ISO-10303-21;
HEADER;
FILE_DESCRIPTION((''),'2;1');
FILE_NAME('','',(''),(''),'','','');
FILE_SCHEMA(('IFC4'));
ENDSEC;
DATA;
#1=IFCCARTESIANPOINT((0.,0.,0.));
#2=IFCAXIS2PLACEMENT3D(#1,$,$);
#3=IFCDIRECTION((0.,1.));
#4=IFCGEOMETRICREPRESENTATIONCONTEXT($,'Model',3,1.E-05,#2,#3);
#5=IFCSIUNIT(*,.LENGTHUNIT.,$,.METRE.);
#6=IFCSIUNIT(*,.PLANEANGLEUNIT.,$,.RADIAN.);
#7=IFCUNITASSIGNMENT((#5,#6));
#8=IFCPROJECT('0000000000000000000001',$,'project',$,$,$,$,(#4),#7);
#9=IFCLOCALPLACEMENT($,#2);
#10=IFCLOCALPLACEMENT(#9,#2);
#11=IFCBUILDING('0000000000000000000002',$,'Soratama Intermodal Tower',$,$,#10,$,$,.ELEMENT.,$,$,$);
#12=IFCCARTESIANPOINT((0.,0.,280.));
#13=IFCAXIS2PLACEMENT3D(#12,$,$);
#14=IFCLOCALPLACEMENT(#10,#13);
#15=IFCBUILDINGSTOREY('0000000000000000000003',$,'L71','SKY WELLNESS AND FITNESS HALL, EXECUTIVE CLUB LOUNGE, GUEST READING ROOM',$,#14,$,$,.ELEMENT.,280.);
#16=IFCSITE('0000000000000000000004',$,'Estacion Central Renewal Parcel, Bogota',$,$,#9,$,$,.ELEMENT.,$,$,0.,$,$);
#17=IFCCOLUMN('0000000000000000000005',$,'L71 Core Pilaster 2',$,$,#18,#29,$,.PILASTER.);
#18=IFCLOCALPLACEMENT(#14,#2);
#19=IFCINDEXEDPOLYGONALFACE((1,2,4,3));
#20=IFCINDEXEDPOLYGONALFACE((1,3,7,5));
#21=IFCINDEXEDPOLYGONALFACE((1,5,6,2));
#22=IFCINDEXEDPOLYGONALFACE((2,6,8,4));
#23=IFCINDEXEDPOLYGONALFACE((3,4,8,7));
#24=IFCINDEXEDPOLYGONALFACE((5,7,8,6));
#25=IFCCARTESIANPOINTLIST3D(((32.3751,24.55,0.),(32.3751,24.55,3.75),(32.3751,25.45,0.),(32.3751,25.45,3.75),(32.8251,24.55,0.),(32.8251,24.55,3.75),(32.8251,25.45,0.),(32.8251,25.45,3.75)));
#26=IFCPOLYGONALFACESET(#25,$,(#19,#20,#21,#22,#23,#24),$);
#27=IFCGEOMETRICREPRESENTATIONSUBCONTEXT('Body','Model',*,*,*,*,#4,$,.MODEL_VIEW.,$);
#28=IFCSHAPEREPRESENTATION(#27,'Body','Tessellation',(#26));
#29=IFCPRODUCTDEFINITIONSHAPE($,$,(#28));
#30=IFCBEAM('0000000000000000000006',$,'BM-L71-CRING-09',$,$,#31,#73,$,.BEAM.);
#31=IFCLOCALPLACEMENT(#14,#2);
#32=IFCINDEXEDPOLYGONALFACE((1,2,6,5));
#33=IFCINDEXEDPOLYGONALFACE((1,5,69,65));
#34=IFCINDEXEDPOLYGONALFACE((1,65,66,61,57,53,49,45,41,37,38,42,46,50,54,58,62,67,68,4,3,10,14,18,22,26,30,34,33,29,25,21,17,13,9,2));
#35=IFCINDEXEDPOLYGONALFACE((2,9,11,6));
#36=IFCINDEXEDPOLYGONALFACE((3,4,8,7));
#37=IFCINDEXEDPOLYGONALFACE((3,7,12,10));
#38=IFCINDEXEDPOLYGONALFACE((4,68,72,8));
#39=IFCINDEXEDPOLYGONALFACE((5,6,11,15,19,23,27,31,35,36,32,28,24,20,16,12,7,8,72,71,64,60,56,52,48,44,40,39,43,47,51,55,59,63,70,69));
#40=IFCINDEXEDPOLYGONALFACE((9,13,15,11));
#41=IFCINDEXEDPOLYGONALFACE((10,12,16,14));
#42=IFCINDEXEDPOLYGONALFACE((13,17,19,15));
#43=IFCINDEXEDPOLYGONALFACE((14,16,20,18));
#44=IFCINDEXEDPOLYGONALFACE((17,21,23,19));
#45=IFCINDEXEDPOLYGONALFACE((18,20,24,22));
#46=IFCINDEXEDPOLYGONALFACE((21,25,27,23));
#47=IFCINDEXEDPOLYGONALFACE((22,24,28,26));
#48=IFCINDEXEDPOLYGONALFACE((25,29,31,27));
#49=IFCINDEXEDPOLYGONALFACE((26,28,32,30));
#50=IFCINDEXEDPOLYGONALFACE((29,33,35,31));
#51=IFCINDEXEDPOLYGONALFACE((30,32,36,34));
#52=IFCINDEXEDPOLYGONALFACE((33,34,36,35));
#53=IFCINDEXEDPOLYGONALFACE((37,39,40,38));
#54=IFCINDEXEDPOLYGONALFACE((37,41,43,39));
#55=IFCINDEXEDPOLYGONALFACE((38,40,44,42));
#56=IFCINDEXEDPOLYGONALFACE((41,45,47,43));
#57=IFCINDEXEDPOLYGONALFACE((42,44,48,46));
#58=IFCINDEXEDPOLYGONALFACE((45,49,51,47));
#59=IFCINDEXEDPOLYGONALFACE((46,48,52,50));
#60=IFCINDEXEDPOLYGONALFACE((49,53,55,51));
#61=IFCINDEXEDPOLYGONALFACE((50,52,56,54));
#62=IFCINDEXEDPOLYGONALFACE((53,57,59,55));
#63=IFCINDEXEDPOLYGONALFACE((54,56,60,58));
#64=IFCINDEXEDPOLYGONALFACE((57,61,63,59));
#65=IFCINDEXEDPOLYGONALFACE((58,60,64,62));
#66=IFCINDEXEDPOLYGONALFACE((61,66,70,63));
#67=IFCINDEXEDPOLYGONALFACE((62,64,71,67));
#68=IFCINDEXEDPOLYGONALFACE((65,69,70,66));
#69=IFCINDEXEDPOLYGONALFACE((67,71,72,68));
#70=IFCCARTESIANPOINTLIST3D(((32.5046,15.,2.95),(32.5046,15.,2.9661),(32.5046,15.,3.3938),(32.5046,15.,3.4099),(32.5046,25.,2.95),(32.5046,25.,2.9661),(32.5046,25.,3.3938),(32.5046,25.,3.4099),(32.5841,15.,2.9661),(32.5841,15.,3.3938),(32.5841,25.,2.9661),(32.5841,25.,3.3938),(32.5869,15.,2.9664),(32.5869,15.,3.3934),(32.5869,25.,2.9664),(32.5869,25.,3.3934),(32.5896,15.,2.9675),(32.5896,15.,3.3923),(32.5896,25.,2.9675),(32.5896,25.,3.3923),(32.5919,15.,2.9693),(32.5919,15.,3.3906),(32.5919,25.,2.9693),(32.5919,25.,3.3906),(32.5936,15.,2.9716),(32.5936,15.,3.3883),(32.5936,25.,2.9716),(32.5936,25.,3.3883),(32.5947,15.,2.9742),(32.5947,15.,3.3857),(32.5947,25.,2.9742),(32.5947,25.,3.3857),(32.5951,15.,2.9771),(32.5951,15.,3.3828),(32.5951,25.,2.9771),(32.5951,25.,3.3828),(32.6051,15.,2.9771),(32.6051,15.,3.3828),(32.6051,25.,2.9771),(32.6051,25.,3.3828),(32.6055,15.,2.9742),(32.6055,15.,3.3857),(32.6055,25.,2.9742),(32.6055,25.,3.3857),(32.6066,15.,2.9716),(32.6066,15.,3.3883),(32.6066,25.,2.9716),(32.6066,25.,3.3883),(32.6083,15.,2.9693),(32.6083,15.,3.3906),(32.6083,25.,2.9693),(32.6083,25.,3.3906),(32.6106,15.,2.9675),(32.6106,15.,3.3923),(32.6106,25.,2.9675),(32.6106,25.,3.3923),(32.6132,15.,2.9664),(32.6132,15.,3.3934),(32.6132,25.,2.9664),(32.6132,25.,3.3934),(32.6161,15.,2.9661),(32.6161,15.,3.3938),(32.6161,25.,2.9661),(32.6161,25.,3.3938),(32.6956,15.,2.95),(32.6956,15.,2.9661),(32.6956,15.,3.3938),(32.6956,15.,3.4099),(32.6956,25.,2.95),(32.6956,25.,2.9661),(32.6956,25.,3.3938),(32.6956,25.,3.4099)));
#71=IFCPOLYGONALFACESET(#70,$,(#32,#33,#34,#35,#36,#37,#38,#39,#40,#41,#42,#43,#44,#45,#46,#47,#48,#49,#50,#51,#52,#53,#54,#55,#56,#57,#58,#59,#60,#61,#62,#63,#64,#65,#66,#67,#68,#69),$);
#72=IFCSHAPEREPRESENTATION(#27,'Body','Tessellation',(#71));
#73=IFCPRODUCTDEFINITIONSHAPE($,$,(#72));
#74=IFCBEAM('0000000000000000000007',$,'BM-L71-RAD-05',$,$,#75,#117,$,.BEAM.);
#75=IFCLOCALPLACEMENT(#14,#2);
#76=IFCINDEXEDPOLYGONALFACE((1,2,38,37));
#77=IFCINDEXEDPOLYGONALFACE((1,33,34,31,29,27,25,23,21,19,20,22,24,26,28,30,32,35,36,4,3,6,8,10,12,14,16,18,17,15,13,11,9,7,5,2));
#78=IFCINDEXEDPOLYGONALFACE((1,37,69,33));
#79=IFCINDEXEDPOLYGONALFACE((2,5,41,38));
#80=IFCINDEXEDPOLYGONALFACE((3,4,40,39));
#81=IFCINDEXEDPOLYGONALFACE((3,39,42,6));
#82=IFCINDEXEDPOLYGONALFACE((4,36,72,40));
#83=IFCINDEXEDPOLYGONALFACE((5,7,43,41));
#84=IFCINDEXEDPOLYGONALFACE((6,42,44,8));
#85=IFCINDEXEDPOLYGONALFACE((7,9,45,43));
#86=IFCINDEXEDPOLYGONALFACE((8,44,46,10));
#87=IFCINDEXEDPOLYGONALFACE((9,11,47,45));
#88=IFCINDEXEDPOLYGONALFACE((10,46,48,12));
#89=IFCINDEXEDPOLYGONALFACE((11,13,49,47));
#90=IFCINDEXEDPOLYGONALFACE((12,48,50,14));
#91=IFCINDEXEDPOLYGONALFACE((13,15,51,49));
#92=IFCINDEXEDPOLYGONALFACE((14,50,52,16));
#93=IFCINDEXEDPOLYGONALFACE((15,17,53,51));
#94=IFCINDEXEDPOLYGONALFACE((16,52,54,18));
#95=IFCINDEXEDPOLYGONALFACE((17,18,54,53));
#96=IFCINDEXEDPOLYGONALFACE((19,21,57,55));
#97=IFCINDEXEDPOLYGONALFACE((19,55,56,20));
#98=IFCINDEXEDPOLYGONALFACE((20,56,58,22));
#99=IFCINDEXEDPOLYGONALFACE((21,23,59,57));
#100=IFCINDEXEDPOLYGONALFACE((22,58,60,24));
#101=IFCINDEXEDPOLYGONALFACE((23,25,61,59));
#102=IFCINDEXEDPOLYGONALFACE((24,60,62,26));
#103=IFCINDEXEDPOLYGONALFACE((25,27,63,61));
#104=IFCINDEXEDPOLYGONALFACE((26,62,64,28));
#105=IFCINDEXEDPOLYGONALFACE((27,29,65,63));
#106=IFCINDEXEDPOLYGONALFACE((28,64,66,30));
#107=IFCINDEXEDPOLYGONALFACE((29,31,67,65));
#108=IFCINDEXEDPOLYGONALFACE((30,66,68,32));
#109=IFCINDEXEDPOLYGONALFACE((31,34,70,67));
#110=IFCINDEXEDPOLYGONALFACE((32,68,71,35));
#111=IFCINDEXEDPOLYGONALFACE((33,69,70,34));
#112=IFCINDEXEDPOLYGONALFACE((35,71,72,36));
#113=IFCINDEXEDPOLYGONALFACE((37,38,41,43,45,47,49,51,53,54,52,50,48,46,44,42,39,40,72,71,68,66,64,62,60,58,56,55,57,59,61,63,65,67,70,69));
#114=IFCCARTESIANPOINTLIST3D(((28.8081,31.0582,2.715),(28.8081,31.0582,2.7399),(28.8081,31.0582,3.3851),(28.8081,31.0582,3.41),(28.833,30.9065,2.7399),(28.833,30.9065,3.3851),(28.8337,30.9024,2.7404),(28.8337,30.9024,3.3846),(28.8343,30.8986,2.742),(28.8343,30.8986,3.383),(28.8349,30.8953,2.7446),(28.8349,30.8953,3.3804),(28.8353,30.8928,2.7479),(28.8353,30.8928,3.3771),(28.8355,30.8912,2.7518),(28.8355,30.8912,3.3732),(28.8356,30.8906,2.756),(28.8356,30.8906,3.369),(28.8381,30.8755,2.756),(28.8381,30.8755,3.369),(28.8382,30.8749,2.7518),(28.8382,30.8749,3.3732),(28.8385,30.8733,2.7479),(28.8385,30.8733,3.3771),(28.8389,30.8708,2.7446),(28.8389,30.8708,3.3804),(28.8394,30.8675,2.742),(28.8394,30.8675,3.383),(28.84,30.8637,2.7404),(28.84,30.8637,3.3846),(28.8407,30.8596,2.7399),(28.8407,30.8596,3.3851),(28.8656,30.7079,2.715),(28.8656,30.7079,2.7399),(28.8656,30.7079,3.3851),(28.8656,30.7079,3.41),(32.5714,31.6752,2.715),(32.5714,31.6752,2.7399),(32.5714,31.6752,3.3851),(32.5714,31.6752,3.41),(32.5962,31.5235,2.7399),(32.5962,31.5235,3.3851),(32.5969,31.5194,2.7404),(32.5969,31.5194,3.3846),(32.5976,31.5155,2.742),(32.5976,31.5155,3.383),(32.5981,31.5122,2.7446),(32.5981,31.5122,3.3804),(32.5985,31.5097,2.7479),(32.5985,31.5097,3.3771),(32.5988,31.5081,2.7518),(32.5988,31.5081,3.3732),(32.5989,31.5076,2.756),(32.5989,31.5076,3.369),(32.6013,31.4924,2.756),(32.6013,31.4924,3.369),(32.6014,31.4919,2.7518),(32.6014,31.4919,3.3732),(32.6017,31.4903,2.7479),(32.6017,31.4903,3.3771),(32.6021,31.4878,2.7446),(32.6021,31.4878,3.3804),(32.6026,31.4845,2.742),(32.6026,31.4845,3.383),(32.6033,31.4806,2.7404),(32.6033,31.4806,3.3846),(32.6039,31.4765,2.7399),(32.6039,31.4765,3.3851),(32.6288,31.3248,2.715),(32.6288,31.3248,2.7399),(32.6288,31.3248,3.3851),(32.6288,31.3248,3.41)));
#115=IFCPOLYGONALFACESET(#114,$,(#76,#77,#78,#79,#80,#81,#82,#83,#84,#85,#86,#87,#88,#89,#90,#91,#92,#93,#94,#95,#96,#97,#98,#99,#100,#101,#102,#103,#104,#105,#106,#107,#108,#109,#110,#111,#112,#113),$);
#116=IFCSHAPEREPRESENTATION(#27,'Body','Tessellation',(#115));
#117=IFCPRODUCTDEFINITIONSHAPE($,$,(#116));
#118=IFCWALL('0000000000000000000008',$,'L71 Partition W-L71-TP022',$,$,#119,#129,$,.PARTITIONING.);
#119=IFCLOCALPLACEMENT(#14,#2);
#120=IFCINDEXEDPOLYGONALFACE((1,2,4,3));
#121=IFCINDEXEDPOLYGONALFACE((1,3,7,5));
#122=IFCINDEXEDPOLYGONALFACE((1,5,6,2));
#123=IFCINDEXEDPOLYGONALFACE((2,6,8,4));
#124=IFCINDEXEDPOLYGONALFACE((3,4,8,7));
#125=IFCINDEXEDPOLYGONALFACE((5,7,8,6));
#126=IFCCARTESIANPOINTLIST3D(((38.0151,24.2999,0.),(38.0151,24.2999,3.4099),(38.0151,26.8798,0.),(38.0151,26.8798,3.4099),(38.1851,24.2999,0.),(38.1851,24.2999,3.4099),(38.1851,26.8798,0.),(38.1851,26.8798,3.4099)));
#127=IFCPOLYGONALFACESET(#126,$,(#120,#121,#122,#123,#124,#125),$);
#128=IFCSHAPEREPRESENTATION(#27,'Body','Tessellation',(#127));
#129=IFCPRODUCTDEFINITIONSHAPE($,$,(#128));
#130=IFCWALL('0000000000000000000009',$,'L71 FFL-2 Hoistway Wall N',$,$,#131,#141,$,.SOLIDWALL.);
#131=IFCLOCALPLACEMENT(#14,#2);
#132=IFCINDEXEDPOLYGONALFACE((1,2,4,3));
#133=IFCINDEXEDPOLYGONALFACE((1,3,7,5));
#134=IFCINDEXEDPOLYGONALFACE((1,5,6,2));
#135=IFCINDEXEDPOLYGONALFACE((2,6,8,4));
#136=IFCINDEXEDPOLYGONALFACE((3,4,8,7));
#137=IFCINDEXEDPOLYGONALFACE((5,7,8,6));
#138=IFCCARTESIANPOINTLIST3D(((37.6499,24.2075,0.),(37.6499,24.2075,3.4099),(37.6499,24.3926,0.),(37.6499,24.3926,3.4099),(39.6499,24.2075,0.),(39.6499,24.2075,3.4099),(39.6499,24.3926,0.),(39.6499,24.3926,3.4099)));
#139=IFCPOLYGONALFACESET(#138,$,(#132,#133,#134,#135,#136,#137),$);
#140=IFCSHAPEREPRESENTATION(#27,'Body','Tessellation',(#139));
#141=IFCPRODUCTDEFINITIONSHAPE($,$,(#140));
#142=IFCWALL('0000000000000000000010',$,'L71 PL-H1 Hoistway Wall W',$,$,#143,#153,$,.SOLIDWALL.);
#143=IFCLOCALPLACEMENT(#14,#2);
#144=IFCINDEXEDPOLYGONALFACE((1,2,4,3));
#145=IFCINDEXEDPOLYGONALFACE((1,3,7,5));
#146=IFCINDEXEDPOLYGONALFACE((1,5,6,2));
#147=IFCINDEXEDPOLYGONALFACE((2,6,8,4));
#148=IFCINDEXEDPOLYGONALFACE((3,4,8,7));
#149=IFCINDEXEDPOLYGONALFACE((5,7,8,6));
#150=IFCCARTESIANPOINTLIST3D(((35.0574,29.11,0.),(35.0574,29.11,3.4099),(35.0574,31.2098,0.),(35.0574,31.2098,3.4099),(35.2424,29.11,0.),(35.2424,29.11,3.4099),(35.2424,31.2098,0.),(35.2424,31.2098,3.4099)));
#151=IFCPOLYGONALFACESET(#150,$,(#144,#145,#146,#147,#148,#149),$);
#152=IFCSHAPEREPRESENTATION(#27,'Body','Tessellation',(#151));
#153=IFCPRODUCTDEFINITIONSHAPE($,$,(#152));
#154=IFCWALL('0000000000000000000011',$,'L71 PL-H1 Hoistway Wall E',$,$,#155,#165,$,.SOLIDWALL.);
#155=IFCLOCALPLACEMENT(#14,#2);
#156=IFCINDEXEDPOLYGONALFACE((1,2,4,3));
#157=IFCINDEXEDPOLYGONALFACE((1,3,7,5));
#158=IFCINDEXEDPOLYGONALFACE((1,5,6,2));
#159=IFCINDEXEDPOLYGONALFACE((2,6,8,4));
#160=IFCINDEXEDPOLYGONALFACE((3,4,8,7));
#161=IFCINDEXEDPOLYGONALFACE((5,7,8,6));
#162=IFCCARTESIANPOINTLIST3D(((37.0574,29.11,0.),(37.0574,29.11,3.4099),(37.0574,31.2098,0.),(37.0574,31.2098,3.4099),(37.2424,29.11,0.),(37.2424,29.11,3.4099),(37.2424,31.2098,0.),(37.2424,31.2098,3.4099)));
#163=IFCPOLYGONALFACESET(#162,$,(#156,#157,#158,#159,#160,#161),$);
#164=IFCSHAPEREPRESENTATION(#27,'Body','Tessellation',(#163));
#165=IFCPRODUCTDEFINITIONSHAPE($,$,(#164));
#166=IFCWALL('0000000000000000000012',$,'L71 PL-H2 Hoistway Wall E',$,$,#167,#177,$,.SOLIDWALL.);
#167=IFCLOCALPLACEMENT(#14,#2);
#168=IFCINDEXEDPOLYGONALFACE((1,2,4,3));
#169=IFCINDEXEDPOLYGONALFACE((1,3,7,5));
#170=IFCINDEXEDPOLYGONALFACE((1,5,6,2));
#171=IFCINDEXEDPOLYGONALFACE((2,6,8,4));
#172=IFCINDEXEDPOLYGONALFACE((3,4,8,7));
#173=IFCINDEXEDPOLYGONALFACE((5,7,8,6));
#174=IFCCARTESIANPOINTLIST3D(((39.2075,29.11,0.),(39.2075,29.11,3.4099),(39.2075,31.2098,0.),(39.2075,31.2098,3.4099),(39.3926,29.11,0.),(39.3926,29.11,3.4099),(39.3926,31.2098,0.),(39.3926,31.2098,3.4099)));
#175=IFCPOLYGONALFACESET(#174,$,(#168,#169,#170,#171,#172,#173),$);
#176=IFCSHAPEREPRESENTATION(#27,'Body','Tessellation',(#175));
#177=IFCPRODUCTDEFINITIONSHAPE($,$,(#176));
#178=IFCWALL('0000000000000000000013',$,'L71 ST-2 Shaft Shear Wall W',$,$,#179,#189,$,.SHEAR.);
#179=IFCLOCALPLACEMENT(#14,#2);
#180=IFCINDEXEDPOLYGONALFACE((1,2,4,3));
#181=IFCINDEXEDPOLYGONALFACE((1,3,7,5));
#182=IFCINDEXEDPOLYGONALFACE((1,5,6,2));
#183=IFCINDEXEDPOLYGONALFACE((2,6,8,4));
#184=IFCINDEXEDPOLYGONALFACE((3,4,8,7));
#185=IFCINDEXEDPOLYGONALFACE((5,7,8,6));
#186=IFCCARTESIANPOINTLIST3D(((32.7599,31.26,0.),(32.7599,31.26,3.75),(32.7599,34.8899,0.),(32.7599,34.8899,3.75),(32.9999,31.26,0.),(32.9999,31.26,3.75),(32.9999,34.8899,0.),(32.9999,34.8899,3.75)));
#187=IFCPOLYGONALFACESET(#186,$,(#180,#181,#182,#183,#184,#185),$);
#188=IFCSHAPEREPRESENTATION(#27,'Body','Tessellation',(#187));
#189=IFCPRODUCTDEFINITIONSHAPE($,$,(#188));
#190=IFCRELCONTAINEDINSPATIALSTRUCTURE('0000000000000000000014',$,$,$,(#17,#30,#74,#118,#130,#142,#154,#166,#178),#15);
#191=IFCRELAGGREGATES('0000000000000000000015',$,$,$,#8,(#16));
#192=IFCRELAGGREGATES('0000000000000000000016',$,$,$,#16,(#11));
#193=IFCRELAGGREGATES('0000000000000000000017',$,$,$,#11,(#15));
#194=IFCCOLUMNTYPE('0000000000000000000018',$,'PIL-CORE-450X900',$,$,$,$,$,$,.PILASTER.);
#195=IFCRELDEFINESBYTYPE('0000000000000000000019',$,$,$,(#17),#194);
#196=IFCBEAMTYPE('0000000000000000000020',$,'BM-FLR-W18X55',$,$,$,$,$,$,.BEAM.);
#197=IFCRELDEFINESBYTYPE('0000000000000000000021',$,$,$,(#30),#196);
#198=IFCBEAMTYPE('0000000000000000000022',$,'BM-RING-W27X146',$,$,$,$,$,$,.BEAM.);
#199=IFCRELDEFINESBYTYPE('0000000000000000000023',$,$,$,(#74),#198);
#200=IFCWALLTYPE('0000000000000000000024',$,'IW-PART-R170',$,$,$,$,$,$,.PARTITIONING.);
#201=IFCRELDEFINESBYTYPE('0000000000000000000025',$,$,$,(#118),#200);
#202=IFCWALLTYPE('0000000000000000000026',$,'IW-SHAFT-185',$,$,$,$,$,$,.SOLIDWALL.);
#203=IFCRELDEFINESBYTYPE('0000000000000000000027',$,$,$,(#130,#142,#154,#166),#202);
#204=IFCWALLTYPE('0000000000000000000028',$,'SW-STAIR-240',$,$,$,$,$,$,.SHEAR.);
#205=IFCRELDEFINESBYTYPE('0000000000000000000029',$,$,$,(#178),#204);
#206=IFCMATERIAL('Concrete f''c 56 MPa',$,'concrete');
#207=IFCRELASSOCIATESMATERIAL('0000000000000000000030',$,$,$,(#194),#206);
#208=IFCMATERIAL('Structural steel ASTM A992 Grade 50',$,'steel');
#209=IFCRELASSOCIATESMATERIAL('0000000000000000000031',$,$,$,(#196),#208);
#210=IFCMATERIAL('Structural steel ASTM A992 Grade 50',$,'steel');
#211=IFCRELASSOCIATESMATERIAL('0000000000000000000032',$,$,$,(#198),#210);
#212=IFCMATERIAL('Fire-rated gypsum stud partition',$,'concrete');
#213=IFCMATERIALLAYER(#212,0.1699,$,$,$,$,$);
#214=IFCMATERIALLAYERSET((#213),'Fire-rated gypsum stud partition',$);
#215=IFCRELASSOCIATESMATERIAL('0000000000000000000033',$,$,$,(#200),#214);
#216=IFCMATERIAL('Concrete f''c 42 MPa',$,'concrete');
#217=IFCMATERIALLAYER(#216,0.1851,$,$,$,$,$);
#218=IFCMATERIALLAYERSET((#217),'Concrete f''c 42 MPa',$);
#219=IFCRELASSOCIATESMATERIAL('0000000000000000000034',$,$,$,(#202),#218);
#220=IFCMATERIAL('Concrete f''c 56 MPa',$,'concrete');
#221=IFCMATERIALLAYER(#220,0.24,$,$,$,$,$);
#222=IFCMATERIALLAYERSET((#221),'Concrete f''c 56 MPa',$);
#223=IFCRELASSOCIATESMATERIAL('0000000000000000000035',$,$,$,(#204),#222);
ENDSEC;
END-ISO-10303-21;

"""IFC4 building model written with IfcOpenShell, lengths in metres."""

from ifc_helpers import new_model, si_unit, direction, frame, frame_2d, origin, origin_2d, place, context, subcontext, project, spatial, rectangle, i_section, extrude, material, layer, layer_set, material_profile, profile_set, type_object, element, save


model = new_model("IFC4")

# Units and contexts
model_context = context("Model", 3, precision=1e-05, world=origin(), true_north=direction((0.0, 1.0)))
body_context = subcontext(model_context, "Body", "Model", "MODEL_VIEW")
ifc_project = project(units=[si_unit("LENGTHUNIT", "METRE"), si_unit("PLANEANGLEUNIT", "RADIAN")], contexts=[model_context])

# Site, building, storey
site_placement = place(None, origin())
site = spatial("IfcSite", under=ifc_project, at=site_placement, Name="Estacion Central Renewal Parcel, Bogota", CompositionType="ELEMENT", RefElevation=0.0)
building_placement = place(site_placement, origin())
building = spatial("IfcBuilding", under=site, at=building_placement, Name="Soratama Intermodal Tower", CompositionType="ELEMENT")
storey_placement = place(building_placement, frame((0.0, 0.0, 280.0)))
storey = spatial("IfcBuildingStorey", under=building, at=storey_placement, Name="L71", Description="SKY WELLNESS AND FITNESS HALL, EXECUTIVE CLUB LOUNGE, GUEST READING ROOM", CompositionType="ELEMENT", Elevation=280.0)

# Column
ifc_material_1 = material(Name="Concrete f'c 56 MPa", Category="concrete")
ifc_material_profile_1 = material_profile(ifc_material_1, rectangle(XDim=0.45, YDim=0.8999, at=origin_2d()), Name="RC450X900")
ifc_profile_set_1 = profile_set([ifc_material_profile_1], Name="Concrete f'c 56 MPa")
column_type = type_object("IfcColumnType", Name="PIL-CORE-450X900", PredefinedType="PILASTER", material=ifc_profile_set_1)
column_placement = place(storey_placement, frame((32.6001, 25.0, 0.0), z_axis=(0.0, 0.0, 1.0), x_axis=(1.0, 0.0, 0.0)))
element("IfcColumn", 1, at=column_placement, inside=storey, type_object=column_type, Name="L71 Core Pilaster 2", PredefinedType="PILASTER", context=body_context, shape_type="SweptSolid", body=[
    extrude(rectangle(XDim=0.45, YDim=0.8999, at=origin_2d()), origin(), (0.0, 0.0, 1.0), 3.75),
])

# Beams
ifc_material_2 = material(Name="Structural steel ASTM A992 Grade 50", Category="steel")
ifc_material_profile_2 = material_profile(ifc_material_2, i_section(OverallWidth=0.1909, OverallDepth=0.46, WebThickness=0.01, FlangeThickness=0.0161, FilletRadius=0.011, at=origin_2d()), Name="W18X55")
ifc_profile_set_2 = profile_set([ifc_material_profile_2], Name="Structural steel ASTM A992 Grade 50")
beam_type_1 = type_object("IfcBeamType", Name="BM-FLR-W18X55", PredefinedType="BEAM", material=ifc_profile_set_2)
beam_1_placement = place(storey_placement, frame((32.6001, 25.0, 3.1799), z_axis=(0.0, -1.0, 0.0), x_axis=(1.0, 0.0, 0.0)))
element("IfcBeam", 2, at=beam_1_placement, inside=storey, type_object=beam_type_1, Name="BM-L71-CRING-09", PredefinedType="BEAM", context=body_context, shape_type="SweptSolid", body=[
    extrude(i_section(OverallWidth=0.1909, OverallDepth=0.46, WebThickness=0.01, FlangeThickness=0.0161, FilletRadius=0.011, at=origin_2d()), origin(), (0.0, 0.0, 1.0), 10.0),
])
ifc_material_3 = material(Name="Structural steel ASTM A992 Grade 50", Category="steel")
ifc_material_profile_3 = material_profile(ifc_material_3, i_section(OverallWidth=0.355, OverallDepth=0.6951, WebThickness=0.0154, FlangeThickness=0.0249, FilletRadius=0.0161, at=origin_2d()), Name="W27X146")
ifc_profile_set_3 = profile_set([ifc_material_profile_3], Name="Structural steel ASTM A992 Grade 50")
beam_type_2 = type_object("IfcBeamType", Name="BM-RING-W27X146", PredefinedType="BEAM", material=ifc_profile_set_3)
beam_2_placement = place(storey_placement, frame((32.6001, 31.5, 3.0625), z_axis=(-0.986826, -0.161782, 0.0), x_axis=(0.161782, -0.986826, 0.0)))
element("IfcBeam", 3, at=beam_2_placement, inside=storey, type_object=beam_type_2, Name="BM-L71-RAD-05", PredefinedType="BEAM", context=body_context, shape_type="SweptSolid", body=[
    extrude(i_section(OverallWidth=0.355, OverallDepth=0.6951, WebThickness=0.0154, FlangeThickness=0.0249, FilletRadius=0.0161, at=origin_2d()), origin(), (0.0, 0.0, 1.0), 3.8135),
])

# Shared definitions
ifc_material_4 = material(Name="Fire-rated gypsum stud partition", Category="concrete")
ifc_layer_1 = layer(ifc_material_4, 0.1699)
ifc_layer_set_1 = layer_set([ifc_layer_1], Name="Fire-rated gypsum stud partition")
wall_type_1 = type_object("IfcWallType", Name="IW-PART-R170", PredefinedType="PARTITIONING", material=ifc_layer_set_1)

# Walls
wall_1_placement = place(storey_placement, frame((38.1001, 26.8799, 0.0), z_axis=(0.0, 0.0, 1.0), x_axis=(0.0, -1.0, 0.0)))
element("IfcWall", 4, at=wall_1_placement, inside=storey, type_object=wall_type_1, Name="L71 Partition W-L71-TP022", PredefinedType="PARTITIONING", context=body_context, shape_type="SweptSolid", body=[
    extrude(rectangle(XDim=2.5798, YDim=0.1699, at=frame_2d((1.29, 0.0))), origin(), (0.0, 0.0, 1.0), 3.4099),
])
ifc_material_5 = material(Name="Concrete f'c 42 MPa", Category="concrete")
ifc_layer_2 = layer(ifc_material_5, 0.1851)
ifc_layer_set_2 = layer_set([ifc_layer_2], Name="Concrete f'c 42 MPa")
wall_type_2 = type_object("IfcWallType", Name="IW-SHAFT-185", PredefinedType="SOLIDWALL", material=ifc_layer_set_2)
wall_2_placement = place(storey_placement, frame((37.6499, 24.3, 0.0), z_axis=(0.0, 0.0, 1.0), x_axis=(1.0, 0.0, 0.0)))
element("IfcWall", 5, at=wall_2_placement, inside=storey, type_object=wall_type_2, Name="L71 FFL-2 Hoistway Wall N", PredefinedType="SOLIDWALL", context=body_context, shape_type="SweptSolid", body=[
    extrude(rectangle(XDim=2.0, YDim=0.1851, at=frame_2d((1.0, 0.0))), origin(), (0.0, 0.0, 1.0), 3.4099),
])

# Walls
for number, where, z_axis, x_axis, name in (
    (6, (35.1499, 29.1101, 0.0), (0.0, 0.0, 1.0), (0.0, 1.0, 0.0), "L71 PL-H1 Hoistway Wall W"),
    (7, (37.1499, 29.1101, 0.0), (0.0, 0.0, 1.0), (0.0, 1.0, 0.0), "L71 PL-H1 Hoistway Wall E"),
):
    element("IfcWall", number, at=place(storey_placement, frame(where, z_axis=z_axis, x_axis=x_axis)), inside=storey, type_object=wall_type_2, Name=name, PredefinedType="SOLIDWALL", context=body_context, shape_type="SweptSolid", body=[
        extrude(rectangle(XDim=2.0999, YDim=0.1851, at=frame_2d((1.0498, 0.0))), origin(), (0.0, 0.0, 1.0), 3.4099),
    ])

# Walls
wall_3_placement = place(storey_placement, frame((39.3, 29.1101, 0.0), z_axis=(0.0, 0.0, 1.0), x_axis=(0.0, 1.0, 0.0)))
element("IfcWall", 8, at=wall_3_placement, inside=storey, type_object=wall_type_2, Name="L71 PL-H2 Hoistway Wall E", PredefinedType="SOLIDWALL", context=body_context, shape_type="SweptSolid", body=[
    extrude(rectangle(XDim=2.0999, YDim=0.1851, at=frame_2d((1.0498, 0.0))), origin(), (0.0, 0.0, 1.0), 3.4099),
])
ifc_material_6 = material(Name="Concrete f'c 56 MPa", Category="concrete")
ifc_layer_3 = layer(ifc_material_6, 0.24)
ifc_layer_set_3 = layer_set([ifc_layer_3], Name="Concrete f'c 56 MPa")
wall_type_3 = type_object("IfcWallType", Name="SW-STAIR-240", PredefinedType="SHEAR", material=ifc_layer_set_3)
wall_4_placement = place(storey_placement, frame((32.8799, 31.26, 0.0), z_axis=(0.0, 0.0, 1.0), x_axis=(0.0, 1.0, 0.0)))
element("IfcWall", 9, at=wall_4_placement, inside=storey, type_object=wall_type_3, Name="L71 ST-2 Shaft Shear Wall W", PredefinedType="SHEAR", context=body_context, shape_type="SweptSolid", body=[
    extrude(rectangle(XDim=3.6299, YDim=0.24, at=frame_2d((1.8149, 0.0))), origin(), (0.0, 0.0, 1.0), 3.75),
])

save(model, "model.ifc")
